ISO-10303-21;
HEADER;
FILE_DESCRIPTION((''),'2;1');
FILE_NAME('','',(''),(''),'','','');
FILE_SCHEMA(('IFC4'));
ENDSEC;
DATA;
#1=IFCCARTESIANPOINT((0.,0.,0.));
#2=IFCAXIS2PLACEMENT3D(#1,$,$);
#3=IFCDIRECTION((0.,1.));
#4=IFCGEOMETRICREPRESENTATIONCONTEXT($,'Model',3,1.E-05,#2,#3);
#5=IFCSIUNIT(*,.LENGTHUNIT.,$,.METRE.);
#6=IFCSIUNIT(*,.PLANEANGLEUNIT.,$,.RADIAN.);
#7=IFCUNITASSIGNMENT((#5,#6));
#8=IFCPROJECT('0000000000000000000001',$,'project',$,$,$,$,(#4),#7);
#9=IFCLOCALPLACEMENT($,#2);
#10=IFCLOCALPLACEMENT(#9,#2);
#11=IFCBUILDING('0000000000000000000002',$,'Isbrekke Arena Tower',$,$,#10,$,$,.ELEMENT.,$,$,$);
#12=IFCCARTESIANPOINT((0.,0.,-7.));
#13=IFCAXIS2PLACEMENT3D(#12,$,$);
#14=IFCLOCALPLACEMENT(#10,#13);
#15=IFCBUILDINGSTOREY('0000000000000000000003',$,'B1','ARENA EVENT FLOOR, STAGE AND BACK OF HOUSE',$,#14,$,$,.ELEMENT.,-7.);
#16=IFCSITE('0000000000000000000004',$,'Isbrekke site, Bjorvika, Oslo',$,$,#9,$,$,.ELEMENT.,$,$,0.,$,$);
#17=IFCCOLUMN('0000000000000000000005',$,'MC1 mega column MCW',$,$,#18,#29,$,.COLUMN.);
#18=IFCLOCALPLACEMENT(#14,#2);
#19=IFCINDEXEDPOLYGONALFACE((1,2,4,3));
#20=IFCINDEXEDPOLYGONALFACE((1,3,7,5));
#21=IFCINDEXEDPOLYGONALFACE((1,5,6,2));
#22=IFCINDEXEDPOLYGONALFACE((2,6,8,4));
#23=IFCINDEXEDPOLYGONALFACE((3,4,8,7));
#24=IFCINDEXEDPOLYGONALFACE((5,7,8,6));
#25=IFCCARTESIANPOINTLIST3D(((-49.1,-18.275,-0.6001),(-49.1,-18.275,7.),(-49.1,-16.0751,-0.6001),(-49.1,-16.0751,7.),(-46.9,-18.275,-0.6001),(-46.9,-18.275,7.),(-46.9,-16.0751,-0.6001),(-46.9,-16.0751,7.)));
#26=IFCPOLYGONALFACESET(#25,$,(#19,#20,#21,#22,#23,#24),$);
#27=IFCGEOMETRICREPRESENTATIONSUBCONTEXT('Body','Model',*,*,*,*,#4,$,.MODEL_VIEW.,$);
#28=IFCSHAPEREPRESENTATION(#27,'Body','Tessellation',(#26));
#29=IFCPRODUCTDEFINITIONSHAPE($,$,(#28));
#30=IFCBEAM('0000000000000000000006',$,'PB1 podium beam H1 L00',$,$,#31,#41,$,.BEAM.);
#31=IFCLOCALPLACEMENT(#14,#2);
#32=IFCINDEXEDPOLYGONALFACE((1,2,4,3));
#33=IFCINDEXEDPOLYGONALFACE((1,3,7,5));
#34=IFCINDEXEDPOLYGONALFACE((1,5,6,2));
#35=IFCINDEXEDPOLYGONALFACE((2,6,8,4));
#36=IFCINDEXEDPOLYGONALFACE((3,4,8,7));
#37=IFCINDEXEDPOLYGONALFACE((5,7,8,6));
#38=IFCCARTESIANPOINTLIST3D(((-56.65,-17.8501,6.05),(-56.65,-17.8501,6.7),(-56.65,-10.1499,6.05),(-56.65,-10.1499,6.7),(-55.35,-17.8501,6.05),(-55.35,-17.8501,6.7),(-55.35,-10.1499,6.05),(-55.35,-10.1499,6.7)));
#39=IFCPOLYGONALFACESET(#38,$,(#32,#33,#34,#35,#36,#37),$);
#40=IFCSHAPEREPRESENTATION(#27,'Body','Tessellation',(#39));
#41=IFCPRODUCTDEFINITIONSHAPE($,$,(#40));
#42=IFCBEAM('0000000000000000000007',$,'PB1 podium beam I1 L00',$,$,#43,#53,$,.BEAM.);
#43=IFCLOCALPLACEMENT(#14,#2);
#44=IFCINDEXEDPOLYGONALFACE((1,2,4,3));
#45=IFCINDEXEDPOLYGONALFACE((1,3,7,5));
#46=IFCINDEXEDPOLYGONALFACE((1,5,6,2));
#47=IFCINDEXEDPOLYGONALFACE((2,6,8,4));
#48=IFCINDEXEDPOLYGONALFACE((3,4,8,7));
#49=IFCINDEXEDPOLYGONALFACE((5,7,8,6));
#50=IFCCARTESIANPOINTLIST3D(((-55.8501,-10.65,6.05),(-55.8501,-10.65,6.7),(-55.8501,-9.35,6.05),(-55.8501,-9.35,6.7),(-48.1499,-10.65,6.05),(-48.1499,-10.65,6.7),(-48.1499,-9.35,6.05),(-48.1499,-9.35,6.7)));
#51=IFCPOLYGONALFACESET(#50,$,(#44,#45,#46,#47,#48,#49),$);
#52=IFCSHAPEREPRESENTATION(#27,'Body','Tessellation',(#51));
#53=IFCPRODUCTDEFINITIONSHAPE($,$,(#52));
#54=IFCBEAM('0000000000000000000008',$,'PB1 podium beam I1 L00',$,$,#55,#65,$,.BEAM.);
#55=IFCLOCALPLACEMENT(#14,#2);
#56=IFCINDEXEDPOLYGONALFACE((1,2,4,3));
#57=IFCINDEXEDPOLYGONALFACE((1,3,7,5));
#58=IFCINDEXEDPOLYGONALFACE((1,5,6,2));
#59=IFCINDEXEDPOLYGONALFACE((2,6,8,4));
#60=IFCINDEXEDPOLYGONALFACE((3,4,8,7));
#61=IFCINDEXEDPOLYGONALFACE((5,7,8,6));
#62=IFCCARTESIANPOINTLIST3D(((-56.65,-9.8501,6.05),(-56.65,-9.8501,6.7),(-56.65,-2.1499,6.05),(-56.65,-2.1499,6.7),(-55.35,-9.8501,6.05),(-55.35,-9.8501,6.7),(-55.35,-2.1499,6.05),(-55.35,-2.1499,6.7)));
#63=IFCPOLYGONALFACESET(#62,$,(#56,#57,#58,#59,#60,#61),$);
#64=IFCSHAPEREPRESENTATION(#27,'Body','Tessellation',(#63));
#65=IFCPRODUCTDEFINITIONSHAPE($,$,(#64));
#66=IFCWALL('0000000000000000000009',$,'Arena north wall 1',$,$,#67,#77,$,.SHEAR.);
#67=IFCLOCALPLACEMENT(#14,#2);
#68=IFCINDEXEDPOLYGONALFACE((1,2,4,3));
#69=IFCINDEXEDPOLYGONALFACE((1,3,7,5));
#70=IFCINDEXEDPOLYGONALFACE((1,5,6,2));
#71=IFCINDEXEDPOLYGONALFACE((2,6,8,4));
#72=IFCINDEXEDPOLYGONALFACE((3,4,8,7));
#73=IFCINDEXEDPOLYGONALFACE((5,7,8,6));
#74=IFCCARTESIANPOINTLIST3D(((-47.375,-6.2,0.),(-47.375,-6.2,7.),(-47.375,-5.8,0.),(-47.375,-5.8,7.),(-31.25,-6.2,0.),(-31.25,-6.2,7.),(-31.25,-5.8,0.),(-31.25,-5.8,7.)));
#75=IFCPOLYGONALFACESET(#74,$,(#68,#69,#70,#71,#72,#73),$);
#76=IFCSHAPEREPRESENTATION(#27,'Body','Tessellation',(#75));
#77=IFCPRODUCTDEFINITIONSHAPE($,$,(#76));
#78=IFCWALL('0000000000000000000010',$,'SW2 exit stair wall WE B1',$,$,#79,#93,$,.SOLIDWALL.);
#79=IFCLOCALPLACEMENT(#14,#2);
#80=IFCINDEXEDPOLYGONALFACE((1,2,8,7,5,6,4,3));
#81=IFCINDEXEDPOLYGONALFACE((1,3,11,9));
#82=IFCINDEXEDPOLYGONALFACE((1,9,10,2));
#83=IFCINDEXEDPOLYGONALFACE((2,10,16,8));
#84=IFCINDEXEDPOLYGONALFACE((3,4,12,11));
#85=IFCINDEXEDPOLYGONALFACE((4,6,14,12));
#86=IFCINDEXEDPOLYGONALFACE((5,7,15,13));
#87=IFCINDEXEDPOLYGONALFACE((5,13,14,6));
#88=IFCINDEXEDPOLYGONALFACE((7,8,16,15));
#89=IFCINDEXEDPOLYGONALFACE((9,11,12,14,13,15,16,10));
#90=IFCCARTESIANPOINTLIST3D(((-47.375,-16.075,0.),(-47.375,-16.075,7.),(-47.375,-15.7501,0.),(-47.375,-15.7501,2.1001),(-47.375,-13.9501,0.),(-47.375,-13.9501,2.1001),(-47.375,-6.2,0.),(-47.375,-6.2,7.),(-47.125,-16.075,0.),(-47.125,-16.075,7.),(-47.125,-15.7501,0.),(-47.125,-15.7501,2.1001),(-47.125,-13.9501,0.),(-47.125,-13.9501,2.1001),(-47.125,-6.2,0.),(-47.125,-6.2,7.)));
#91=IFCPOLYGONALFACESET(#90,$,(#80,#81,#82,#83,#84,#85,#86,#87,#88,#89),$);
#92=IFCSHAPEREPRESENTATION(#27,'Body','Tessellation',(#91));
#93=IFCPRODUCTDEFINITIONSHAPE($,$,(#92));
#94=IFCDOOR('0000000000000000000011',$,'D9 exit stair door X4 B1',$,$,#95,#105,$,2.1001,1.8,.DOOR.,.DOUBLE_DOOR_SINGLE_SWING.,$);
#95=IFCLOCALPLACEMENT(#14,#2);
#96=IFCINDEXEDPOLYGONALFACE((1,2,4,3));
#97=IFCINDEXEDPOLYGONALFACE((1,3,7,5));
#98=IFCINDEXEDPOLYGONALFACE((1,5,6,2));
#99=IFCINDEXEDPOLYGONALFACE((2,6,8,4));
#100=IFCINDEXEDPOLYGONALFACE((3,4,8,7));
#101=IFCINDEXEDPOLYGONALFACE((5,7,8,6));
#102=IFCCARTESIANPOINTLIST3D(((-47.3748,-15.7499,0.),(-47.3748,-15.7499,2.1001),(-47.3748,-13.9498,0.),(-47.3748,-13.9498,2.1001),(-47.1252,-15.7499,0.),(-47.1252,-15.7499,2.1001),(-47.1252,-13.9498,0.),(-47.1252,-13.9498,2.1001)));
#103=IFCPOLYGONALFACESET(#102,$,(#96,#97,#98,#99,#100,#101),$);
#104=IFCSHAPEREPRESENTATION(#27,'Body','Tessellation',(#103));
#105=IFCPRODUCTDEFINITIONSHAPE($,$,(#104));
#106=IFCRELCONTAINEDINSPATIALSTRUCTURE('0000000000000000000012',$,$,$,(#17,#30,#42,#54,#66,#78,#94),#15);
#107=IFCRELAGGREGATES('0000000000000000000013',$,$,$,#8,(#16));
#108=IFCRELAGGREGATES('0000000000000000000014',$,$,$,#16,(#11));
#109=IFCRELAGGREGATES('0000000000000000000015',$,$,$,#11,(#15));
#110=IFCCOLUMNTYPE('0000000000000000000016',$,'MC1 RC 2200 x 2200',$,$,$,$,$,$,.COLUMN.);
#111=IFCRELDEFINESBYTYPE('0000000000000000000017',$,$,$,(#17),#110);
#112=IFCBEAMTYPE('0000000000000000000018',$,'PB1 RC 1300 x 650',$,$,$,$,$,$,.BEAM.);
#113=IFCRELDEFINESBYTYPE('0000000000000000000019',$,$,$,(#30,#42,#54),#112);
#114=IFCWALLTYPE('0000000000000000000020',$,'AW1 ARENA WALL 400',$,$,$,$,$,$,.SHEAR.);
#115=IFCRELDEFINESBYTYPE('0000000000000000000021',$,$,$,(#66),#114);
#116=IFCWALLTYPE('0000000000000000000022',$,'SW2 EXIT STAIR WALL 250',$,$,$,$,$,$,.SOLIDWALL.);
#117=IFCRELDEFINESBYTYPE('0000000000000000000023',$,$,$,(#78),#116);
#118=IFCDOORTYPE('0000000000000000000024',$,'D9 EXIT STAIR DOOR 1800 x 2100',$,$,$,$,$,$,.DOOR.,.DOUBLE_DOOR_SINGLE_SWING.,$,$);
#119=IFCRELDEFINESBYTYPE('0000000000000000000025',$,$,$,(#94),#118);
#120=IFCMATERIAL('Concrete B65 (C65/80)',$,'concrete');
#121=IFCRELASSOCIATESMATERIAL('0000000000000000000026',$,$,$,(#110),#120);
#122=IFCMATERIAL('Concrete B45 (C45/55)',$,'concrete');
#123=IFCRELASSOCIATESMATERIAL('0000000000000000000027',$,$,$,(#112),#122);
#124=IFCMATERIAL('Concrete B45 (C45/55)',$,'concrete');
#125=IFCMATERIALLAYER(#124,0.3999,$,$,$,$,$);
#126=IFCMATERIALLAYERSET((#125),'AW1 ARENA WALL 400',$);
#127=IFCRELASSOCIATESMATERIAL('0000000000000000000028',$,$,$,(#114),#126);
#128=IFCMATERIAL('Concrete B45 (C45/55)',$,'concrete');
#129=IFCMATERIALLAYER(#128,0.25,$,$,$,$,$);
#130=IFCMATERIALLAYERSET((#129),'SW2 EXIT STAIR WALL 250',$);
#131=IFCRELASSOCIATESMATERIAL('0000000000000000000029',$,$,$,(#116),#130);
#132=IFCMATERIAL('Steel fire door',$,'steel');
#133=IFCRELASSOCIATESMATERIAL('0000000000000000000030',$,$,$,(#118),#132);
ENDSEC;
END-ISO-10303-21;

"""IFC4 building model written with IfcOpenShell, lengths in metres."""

from ifc_helpers import new_model, si_unit, direction, frame, frame_2d, origin, origin_2d, place, context, subcontext, project, spatial, rectangle, extrude, material, layer, layer_set, material_profile, profile_set, type_object, element, fill, save


model = new_model("IFC4")

# Units and contexts
model_context = context("Model", 3, precision=1e-05, world=origin(), true_north=direction((0.0, 1.0)))
body_context = subcontext(model_context, "Body", "Model", "MODEL_VIEW")
ifc_project = project(units=[si_unit("LENGTHUNIT", "METRE"), si_unit("PLANEANGLEUNIT", "RADIAN")], contexts=[model_context])

# Site, building, storey
site_placement = place(None, origin())
site = spatial("IfcSite", under=ifc_project, at=site_placement, Name="Isbrekke site, Bjorvika, Oslo", CompositionType="ELEMENT", RefElevation=0.0)
building_placement = place(site_placement, origin())
building = spatial("IfcBuilding", under=site, at=building_placement, Name="Isbrekke Arena Tower", CompositionType="ELEMENT")
storey_placement = place(building_placement, frame((0.0, 0.0, -7.0)))
storey = spatial("IfcBuildingStorey", under=building, at=storey_placement, Name="B1", Description="ARENA EVENT FLOOR, STAGE AND BACK OF HOUSE", CompositionType="ELEMENT", Elevation=-7.0)

# Column
ifc_material_1 = material(Name="Concrete B65 (C65/80)", Category="concrete")
ifc_material_profile_1 = material_profile(ifc_material_1, rectangle(XDim=2.2, YDim=2.2, at=origin_2d()), Name="RC 2200x2200")
ifc_profile_set_1 = profile_set([ifc_material_profile_1], Name="Concrete B65 (C65/80)")
column_type_1 = type_object("IfcColumnType", Name="MC1 RC 2200 x 2200", PredefinedType="COLUMN", material=ifc_profile_set_1)
column_1_placement = place(storey_placement, frame((-48.0, -17.175, -0.6001), z_axis=(0.0, 0.0, 1.0), x_axis=(1.0, 0.0, 0.0)))
element("IfcColumn", 1, at=column_1_placement, inside=storey, type_object=column_type_1, Name="MC1 mega column MCW", PredefinedType="COLUMN", context=body_context, shape_type="SweptSolid", body=[
    extrude(rectangle(XDim=2.2, YDim=2.2, at=origin_2d()), origin(), (0.0, 0.0, 1.0), 7.6001),
])

# Beams
ifc_material_2 = material(Name="Concrete B45 (C45/55)", Category="concrete")
ifc_material_profile_2 = material_profile(ifc_material_2, rectangle(XDim=1.3, YDim=0.6499, at=origin_2d()), Name="RC 1300x650")
ifc_profile_set_2 = profile_set([ifc_material_profile_2], Name="Concrete B45 (C45/55)")
beam_type = type_object("IfcBeamType", Name="PB1 RC 1300 x 650", PredefinedType="BEAM", material=ifc_profile_set_2)
for number, where, z_axis, x_axis, name in (
    (2, (-56.0, -17.8501, 6.375), (0.0, 1.0, 0.0), (-1.0, 0.0, 0.0), "PB1 podium beam H1 L00"),
    (3, (-55.8501, -10.0, 6.375), (1.0, 0.0, 0.0), (0.0, 1.0, 0.0), "PB1 podium beam I1 L00"),
    (4, (-56.0, -9.8501, 6.375), (0.0, 1.0, 0.0), (-1.0, 0.0, 0.0), "PB1 podium beam I1 L00"),
):
    element("IfcBeam", number, at=place(storey_placement, frame(where, z_axis=z_axis, x_axis=x_axis)), inside=storey, type_object=beam_type, Name=name, PredefinedType="BEAM", context=body_context, shape_type="SweptSolid", body=[
        extrude(rectangle(XDim=1.3, YDim=0.6499, at=origin_2d()), origin(), (0.0, 0.0, 1.0), 7.7002),
    ])

# Wall
ifc_material_3 = material(Name="Concrete B45 (C45/55)", Category="concrete")
ifc_layer_1 = layer(ifc_material_3, 0.3999)
ifc_layer_set_1 = layer_set([ifc_layer_1], Name="AW1 ARENA WALL 400")
wall_type_1 = type_object("IfcWallType", Name="AW1 ARENA WALL 400", PredefinedType="SHEAR", material=ifc_layer_set_1)
wall_1_placement = place(storey_placement, frame((-47.375, -6.0, 0.0), z_axis=(0.0, 0.0, 1.0), x_axis=(1.0, 0.0, 0.0)))
element("IfcWall", 5, at=wall_1_placement, inside=storey, type_object=wall_type_1, Name="Arena north wall 1", PredefinedType="SHEAR", context=body_context, shape_type="SweptSolid", body=[
    extrude(rectangle(XDim=16.125, YDim=0.3999, at=frame_2d((8.0625, 0.0))), origin(), (0.0, 0.0, 1.0), 7.0),
])

# Wall, opening, door
ifc_material_4 = material(Name="Concrete B45 (C45/55)", Category="concrete")
ifc_layer_2 = layer(ifc_material_4, 0.25)
ifc_layer_set_2 = layer_set([ifc_layer_2], Name="SW2 EXIT STAIR WALL 250")
wall_type_2 = type_object("IfcWallType", Name="SW2 EXIT STAIR WALL 250", PredefinedType="SOLIDWALL", material=ifc_layer_set_2)
wall_2_placement = place(storey_placement, frame((-47.25, -16.075, 0.0), z_axis=(0.0, 0.0, 1.0), x_axis=(0.0, 1.0, 0.0)))
wall_2 = element("IfcWall", 6, at=wall_2_placement, inside=storey, type_object=wall_type_2, Name="SW2 exit stair wall WE B1", PredefinedType="SOLIDWALL", context=body_context, shape_type="SweptSolid", body=[
    extrude(rectangle(XDim=9.875, YDim=0.25, at=frame_2d((4.9375, 0.0))), origin(), (0.0, 0.0, 1.0), 7.0),
])
opening_placement = place(wall_2_placement, frame((0.325, 0.0, 0.0)))
opening = element("IfcOpeningElement", 7, at=opening_placement, cuts=wall_2, PredefinedType="OPENING", context=body_context, shape_type="SweptSolid", body=[
    extrude(rectangle(XDim=1.8, YDim=2.1001, at=frame_2d((0.8999, 1.05))), frame((0.0, 0.1399, 0.0), z_axis=(0.0, -1.0, 0.0), x_axis=(1.0, 0.0, 0.0)), (0.0, 0.0, 1.0), 0.2798),
])
ifc_material_5 = material(Name="Steel fire door", Category="steel")
door_type = type_object("IfcDoorType", Name="D9 EXIT STAIR DOOR 1800 x 2100", OperationType="DOUBLE_DOOR_SINGLE_SWING", PredefinedType="DOOR", material=ifc_material_5)
door_placement = place(opening_placement, frame((1.8, 0.0, 0.0), z_axis=(0.0, 0.0, 1.0), x_axis=(-1.0, 0.0, 0.0)))
door = element("IfcDoor", 8, at=door_placement, inside=storey, type_object=door_type, Name="D9 exit stair door X4 B1", OperationType="DOUBLE_DOOR_SINGLE_SWING", OverallHeight=2.1001, OverallWidth=1.8, PredefinedType="DOOR", context=body_context, shape_type="SweptSolid", body=[
    extrude(rectangle(XDim=1.8, YDim=2.1001, at=frame_2d((0.8999, 1.05))), frame((0.0, 0.1248, 0.0), z_axis=(0.0, -1.0, 0.0), x_axis=(1.0, 0.0, 0.0)), (0.0, 0.0, 1.0), 0.2495),
])
fill(opening, door)

save(model, "model.ifc")
